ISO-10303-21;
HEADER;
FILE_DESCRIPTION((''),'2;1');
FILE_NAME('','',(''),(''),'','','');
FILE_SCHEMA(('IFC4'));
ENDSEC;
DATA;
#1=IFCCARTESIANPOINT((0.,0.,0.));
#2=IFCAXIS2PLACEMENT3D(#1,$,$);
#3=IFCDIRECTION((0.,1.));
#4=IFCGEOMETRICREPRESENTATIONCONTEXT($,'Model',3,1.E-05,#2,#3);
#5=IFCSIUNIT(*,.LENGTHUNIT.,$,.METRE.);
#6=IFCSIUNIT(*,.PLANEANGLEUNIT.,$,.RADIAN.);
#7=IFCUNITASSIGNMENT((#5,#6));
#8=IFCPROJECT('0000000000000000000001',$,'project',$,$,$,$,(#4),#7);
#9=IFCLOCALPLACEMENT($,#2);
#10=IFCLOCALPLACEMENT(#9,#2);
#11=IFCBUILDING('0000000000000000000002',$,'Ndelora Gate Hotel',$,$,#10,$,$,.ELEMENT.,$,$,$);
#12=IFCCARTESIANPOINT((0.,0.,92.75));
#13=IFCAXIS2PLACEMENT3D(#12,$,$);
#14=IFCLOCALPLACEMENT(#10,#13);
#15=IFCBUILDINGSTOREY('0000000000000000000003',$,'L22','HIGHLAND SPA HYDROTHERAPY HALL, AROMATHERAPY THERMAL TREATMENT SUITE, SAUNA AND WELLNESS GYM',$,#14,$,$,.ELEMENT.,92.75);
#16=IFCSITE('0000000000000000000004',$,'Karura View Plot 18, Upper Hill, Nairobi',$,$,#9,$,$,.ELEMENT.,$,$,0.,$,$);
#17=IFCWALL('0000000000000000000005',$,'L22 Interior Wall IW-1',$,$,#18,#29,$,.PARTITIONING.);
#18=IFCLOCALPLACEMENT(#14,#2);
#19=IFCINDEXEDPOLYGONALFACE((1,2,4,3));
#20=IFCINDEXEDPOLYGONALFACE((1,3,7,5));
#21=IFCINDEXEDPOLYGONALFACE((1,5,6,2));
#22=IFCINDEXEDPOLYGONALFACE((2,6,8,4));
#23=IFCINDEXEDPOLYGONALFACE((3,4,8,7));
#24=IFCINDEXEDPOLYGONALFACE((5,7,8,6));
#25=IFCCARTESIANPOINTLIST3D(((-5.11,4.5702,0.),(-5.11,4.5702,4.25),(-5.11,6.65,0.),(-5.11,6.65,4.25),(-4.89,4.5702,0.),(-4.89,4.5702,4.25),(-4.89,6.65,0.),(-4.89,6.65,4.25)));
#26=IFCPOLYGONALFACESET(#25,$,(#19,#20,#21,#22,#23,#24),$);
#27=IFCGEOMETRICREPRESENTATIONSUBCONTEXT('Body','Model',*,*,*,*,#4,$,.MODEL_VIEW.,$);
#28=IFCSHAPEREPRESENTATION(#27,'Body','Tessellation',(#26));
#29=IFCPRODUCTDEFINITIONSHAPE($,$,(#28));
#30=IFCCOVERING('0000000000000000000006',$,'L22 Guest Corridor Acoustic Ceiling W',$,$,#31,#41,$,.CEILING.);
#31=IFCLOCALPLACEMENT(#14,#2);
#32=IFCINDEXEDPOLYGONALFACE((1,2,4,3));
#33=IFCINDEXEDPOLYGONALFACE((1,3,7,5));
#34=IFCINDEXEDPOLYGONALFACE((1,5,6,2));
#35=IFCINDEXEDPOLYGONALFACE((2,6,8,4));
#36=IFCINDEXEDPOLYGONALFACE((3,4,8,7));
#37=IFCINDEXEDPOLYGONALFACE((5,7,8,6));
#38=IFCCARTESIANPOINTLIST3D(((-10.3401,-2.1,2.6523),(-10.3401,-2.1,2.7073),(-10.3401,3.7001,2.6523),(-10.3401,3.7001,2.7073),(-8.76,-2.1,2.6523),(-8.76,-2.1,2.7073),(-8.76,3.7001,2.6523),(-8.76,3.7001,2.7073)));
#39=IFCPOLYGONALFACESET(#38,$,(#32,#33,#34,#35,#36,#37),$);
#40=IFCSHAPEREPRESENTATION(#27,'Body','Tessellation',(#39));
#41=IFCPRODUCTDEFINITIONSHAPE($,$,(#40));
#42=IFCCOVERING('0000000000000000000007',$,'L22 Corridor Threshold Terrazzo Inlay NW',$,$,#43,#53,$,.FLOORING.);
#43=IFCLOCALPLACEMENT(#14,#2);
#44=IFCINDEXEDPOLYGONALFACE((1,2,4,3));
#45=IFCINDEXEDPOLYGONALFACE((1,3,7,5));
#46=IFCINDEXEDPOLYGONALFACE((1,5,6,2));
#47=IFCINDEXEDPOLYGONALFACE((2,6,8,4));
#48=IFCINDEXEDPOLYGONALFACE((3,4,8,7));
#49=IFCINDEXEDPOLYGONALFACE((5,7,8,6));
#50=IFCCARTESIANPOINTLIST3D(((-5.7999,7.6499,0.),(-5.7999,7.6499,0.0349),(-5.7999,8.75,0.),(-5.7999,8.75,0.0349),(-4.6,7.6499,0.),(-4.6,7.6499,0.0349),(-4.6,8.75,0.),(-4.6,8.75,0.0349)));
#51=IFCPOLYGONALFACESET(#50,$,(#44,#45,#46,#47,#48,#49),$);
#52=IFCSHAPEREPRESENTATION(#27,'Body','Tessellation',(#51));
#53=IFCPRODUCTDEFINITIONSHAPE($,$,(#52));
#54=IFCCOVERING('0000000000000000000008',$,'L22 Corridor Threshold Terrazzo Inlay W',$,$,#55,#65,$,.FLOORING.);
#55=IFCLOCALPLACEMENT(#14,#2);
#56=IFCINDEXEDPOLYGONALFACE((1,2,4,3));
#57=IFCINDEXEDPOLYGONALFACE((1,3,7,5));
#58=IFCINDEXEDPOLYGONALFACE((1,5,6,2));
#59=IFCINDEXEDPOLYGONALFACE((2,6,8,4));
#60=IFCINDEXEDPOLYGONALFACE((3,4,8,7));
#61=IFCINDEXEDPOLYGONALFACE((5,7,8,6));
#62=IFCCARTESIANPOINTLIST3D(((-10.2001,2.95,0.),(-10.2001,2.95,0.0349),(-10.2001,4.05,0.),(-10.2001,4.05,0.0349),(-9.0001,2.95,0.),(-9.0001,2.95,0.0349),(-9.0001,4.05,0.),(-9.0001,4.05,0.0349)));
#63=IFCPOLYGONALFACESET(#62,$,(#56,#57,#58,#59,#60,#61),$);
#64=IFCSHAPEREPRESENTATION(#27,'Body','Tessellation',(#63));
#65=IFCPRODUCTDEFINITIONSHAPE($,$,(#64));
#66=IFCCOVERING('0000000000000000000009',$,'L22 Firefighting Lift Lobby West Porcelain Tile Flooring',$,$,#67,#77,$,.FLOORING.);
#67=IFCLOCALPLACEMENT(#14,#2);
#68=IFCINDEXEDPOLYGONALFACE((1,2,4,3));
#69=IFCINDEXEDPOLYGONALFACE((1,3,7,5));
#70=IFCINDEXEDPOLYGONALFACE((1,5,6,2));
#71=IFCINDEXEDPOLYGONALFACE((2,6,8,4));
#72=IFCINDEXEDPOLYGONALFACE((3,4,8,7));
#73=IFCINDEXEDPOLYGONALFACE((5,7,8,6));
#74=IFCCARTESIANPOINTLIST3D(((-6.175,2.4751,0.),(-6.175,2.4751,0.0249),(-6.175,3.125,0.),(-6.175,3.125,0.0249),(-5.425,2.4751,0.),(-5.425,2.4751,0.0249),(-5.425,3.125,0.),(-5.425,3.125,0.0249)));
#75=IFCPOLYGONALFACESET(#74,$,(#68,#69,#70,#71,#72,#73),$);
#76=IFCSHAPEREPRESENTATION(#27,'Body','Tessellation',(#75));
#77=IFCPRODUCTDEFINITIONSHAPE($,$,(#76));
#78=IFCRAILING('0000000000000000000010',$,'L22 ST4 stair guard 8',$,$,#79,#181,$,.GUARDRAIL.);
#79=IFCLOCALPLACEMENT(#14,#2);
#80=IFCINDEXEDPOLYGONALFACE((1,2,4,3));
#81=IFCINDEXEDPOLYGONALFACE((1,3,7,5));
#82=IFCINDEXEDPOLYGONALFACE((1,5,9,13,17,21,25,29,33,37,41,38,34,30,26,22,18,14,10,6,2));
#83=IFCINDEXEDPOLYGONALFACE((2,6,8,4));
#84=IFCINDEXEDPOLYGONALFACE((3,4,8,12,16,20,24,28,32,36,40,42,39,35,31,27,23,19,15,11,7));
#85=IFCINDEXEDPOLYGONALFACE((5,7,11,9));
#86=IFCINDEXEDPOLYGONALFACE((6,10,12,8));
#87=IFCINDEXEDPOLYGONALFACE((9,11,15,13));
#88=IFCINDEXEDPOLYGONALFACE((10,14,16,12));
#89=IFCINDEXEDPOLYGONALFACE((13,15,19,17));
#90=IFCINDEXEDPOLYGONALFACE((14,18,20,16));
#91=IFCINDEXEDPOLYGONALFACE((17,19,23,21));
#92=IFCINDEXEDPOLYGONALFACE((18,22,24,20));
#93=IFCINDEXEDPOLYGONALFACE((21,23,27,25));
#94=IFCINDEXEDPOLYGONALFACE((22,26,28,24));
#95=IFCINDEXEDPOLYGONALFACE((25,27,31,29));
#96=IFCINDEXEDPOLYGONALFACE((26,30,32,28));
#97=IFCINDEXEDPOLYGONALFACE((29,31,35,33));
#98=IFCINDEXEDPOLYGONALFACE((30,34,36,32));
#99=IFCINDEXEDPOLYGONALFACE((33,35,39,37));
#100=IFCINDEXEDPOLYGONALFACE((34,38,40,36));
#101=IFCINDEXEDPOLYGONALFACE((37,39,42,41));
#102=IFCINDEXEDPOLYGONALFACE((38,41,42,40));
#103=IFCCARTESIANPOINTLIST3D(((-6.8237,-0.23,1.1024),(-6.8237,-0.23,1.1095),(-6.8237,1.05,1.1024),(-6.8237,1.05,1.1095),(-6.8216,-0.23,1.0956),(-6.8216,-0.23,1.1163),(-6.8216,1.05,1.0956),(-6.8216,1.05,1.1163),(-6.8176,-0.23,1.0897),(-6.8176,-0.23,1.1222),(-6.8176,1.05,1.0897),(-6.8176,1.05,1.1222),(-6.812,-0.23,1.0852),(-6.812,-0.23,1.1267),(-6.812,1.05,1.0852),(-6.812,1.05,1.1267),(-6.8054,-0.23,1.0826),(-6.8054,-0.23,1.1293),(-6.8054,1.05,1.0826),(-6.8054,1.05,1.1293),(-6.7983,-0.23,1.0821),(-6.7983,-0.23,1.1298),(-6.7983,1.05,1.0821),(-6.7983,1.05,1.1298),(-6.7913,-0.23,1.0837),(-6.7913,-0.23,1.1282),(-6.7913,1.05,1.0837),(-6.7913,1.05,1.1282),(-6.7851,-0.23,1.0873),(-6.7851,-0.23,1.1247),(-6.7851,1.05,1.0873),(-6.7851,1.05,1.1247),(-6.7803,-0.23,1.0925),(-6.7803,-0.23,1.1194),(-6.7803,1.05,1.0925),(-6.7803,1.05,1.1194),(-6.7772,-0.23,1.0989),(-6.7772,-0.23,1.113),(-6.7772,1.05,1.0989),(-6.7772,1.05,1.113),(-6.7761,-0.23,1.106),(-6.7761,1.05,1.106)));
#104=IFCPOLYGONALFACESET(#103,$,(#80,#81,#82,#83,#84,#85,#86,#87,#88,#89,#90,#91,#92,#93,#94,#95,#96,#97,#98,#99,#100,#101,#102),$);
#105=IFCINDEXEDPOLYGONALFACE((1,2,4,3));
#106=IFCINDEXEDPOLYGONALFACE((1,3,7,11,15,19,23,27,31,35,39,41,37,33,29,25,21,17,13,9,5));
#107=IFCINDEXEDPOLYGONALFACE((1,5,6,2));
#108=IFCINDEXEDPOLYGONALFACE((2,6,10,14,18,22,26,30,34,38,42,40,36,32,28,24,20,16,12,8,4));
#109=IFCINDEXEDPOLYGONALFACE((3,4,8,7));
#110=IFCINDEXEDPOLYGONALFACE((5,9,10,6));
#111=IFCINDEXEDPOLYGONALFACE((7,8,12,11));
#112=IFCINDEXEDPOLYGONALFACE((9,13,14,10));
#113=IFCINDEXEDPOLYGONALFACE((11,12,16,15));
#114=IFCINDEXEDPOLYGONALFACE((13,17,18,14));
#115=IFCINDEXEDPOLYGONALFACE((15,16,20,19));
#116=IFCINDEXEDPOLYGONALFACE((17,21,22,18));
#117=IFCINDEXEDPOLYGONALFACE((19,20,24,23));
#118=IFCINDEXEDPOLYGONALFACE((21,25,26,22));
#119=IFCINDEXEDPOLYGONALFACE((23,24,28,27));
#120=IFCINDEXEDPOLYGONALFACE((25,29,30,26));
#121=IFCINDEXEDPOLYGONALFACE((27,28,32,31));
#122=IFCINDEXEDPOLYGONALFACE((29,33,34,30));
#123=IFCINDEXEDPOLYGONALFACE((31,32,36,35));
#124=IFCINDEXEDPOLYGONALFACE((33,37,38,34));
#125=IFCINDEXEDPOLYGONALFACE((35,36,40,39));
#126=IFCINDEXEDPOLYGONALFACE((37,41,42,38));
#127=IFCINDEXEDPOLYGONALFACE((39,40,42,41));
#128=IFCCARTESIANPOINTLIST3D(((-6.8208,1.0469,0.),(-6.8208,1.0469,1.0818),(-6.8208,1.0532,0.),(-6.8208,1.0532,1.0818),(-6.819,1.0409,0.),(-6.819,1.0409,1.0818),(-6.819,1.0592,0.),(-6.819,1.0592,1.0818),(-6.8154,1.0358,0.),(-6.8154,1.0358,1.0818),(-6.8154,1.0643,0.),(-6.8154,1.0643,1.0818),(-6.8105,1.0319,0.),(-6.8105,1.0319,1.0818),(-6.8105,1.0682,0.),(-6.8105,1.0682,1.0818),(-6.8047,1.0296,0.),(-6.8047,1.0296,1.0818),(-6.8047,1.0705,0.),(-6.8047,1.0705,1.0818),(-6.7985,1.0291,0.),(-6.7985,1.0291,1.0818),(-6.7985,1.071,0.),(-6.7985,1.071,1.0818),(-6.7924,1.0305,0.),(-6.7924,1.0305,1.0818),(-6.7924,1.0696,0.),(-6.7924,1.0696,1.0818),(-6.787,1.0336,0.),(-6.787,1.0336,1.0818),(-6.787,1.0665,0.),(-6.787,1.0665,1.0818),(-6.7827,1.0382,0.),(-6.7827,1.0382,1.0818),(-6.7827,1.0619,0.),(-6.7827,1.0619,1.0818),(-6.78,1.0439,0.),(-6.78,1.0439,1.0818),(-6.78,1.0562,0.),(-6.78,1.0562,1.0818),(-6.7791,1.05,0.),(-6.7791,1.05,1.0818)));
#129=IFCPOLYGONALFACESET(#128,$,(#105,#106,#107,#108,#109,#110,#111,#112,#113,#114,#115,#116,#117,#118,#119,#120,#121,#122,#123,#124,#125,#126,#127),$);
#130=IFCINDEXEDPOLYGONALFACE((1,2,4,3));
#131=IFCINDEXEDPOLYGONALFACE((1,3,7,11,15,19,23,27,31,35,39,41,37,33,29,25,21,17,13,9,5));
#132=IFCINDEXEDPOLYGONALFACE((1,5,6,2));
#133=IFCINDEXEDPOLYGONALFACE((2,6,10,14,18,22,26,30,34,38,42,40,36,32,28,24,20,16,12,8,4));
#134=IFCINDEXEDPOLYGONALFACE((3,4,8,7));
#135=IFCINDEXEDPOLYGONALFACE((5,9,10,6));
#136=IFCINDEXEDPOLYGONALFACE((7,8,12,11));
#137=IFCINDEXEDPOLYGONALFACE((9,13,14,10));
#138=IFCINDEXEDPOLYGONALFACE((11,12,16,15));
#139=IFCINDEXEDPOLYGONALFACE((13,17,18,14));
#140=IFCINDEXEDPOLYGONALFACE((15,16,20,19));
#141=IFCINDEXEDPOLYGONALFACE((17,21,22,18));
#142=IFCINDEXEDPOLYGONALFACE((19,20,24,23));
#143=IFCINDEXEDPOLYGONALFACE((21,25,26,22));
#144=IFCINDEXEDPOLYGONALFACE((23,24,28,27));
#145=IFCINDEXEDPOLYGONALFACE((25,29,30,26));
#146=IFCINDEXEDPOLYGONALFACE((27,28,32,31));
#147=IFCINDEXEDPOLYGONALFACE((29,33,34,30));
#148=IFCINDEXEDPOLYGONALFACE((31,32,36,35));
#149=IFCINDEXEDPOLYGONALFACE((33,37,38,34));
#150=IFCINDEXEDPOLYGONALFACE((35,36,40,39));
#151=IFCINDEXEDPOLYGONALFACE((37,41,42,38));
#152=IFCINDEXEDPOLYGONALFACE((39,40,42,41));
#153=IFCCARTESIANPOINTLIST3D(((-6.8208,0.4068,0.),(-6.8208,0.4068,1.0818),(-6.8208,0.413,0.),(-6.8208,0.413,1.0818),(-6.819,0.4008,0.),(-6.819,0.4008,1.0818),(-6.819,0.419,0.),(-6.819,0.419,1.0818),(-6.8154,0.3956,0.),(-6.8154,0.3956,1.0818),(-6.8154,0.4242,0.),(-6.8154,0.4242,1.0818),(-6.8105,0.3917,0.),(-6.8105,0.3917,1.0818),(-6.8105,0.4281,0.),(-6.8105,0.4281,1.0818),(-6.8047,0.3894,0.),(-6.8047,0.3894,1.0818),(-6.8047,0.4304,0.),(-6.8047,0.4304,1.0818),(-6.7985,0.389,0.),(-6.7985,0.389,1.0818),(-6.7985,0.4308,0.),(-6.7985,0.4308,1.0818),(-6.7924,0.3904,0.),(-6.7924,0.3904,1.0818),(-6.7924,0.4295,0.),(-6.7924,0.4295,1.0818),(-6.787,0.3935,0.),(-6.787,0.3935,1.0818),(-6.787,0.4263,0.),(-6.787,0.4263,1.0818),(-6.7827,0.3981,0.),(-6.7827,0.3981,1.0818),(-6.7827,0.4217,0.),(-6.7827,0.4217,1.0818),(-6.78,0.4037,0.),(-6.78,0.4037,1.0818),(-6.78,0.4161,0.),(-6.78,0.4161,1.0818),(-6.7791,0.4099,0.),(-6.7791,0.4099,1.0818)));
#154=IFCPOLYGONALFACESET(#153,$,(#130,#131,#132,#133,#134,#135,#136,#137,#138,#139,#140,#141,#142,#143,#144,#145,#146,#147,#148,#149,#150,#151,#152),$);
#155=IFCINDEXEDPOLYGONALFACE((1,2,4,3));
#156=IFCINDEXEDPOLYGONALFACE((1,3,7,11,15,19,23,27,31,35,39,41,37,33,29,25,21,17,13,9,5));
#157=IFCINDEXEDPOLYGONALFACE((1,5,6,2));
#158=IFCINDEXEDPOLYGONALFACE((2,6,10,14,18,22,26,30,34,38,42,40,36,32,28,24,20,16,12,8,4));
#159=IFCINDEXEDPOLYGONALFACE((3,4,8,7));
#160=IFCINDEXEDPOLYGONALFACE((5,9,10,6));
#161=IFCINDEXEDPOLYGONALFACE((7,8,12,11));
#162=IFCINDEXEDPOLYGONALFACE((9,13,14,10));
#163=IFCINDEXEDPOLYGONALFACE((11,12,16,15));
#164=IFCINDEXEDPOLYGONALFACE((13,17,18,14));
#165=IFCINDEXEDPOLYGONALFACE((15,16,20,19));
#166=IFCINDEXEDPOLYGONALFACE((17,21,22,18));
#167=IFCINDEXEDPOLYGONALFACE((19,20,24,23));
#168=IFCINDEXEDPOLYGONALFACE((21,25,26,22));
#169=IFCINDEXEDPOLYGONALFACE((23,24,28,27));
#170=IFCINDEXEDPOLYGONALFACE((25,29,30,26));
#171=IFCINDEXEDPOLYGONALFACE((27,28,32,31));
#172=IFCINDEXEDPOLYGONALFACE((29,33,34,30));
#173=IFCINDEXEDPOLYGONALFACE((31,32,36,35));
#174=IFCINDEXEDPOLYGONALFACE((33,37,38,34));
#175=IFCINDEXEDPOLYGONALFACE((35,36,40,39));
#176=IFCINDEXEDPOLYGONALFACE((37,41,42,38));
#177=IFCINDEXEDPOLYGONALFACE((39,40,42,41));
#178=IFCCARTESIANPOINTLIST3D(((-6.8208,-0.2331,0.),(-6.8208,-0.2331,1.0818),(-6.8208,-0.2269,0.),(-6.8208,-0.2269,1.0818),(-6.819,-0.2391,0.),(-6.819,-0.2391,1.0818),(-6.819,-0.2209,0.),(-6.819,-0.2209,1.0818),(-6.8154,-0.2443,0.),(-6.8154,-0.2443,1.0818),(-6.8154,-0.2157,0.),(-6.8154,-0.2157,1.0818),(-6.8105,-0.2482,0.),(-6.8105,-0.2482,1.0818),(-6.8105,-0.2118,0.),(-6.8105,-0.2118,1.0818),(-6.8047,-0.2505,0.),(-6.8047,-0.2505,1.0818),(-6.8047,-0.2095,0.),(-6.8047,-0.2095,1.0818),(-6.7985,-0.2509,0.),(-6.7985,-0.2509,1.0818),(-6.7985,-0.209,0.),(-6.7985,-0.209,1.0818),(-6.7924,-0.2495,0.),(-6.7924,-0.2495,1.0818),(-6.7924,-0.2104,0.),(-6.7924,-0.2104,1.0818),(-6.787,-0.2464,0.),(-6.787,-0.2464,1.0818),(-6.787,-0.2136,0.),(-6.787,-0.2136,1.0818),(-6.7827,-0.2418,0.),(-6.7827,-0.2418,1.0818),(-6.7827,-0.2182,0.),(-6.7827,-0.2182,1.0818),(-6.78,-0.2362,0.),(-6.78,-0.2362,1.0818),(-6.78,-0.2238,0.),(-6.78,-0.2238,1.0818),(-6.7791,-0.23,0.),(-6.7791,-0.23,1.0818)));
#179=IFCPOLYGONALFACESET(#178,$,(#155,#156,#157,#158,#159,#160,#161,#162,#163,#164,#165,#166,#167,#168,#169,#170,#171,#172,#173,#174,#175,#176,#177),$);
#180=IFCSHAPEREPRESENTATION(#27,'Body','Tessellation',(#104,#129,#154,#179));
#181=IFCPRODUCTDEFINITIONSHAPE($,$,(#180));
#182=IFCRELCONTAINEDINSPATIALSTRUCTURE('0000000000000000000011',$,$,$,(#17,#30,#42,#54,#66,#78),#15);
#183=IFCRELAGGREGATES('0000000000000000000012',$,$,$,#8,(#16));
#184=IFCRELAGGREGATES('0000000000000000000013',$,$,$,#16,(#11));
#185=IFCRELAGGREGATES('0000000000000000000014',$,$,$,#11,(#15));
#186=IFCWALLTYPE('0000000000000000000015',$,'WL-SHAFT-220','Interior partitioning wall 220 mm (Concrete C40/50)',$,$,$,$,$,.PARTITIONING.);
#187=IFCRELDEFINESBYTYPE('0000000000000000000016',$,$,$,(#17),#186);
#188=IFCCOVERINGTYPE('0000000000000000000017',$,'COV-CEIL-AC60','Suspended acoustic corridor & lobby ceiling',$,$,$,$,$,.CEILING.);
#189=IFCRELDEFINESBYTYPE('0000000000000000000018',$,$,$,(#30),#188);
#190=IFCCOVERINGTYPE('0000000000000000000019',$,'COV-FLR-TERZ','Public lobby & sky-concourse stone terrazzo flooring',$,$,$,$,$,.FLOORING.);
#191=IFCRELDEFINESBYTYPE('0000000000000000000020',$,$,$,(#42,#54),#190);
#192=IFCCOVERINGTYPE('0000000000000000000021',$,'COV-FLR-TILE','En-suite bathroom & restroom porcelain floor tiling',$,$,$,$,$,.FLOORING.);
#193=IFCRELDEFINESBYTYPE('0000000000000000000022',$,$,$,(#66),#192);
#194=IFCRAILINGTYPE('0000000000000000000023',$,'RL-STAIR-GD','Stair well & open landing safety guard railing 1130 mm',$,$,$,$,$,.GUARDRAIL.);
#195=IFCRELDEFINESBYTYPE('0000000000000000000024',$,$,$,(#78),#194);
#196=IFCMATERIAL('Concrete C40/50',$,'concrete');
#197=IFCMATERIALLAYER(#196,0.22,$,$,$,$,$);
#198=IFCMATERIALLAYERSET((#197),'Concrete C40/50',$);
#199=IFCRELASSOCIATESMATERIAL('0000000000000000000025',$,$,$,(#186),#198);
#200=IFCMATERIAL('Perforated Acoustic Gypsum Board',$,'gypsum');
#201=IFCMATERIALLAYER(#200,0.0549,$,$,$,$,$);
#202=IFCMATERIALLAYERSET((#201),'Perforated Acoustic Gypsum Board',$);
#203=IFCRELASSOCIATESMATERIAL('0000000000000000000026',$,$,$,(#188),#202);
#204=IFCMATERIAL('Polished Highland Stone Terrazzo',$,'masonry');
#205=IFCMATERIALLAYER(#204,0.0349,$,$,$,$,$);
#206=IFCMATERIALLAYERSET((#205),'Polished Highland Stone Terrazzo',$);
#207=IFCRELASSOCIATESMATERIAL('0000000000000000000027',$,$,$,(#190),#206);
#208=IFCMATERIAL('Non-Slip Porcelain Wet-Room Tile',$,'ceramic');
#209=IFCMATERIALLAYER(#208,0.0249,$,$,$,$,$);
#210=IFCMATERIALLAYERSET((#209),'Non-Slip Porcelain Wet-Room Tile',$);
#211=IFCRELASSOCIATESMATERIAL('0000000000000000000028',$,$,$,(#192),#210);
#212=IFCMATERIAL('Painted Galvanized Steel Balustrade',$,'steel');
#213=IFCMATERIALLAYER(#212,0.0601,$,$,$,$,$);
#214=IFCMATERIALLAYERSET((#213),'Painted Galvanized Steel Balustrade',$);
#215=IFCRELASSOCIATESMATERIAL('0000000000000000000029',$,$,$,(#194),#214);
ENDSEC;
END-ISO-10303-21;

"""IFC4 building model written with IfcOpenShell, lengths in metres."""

from ifc_helpers import new_model, si_unit, direction, frame, frame_2d, origin, origin_2d, place, context, subcontext, project, spatial, rectangle, circle, extrude, material, layer, layer_set, type_object, element, save


model = new_model("IFC4")

# Units and contexts
model_context = context("Model", 3, precision=1e-05, world=origin(), true_north=direction((0.0, 1.0)))
body_context = subcontext(model_context, "Body", "Model", "MODEL_VIEW")
ifc_project = project(units=[si_unit("LENGTHUNIT", "METRE"), si_unit("PLANEANGLEUNIT", "RADIAN")], contexts=[model_context])

# Site, building, storey
site_placement = place(None, origin())
site = spatial("IfcSite", under=ifc_project, at=site_placement, Name="Karura View Plot 18, Upper Hill, Nairobi", CompositionType="ELEMENT", RefElevation=0.0)
building_placement = place(site_placement, origin())
building = spatial("IfcBuilding", under=site, at=building_placement, Name="Ndelora Gate Hotel", CompositionType="ELEMENT")
storey_placement = place(building_placement, frame((0.0, 0.0, 92.75)))
storey = spatial("IfcBuildingStorey", under=building, at=storey_placement, Name="L22", Description="HIGHLAND SPA HYDROTHERAPY HALL, AROMATHERAPY THERMAL TREATMENT SUITE, SAUNA AND WELLNESS GYM", CompositionType="ELEMENT", Elevation=92.75)

# Shared definitions
ifc_material_1 = material(Name="Concrete C40/50", Category="concrete")

# Shared definitions
ifc_layer_1 = layer(ifc_material_1, 0.22)
ifc_layer_set_1 = layer_set([ifc_layer_1], Name="Concrete C40/50")
wall_type_1 = type_object("IfcWallType", Name="WL-SHAFT-220", Description="Interior partitioning wall 220 mm (Concrete C40/50)", PredefinedType="PARTITIONING", material=ifc_layer_set_1)

# Wall
wall_1_placement = place(storey_placement, frame((-5.0, 4.5701, 0.0), z_axis=(0.0, 0.0, 1.0), x_axis=(0.0, 1.0, 0.0)))
element("IfcWall", 1, at=wall_1_placement, inside=storey, type_object=wall_type_1, Name="L22 Interior Wall IW-1", PredefinedType="PARTITIONING", context=body_context, shape_type="SweptSolid", body=[
    extrude(rectangle(XDim=2.0798, YDim=0.22, at=frame_2d((1.04, 0.0))), origin(), (0.0, 0.0, 1.0), 4.25),
])

# Coverings
ifc_material_2 = material(Name="Perforated Acoustic Gypsum Board", Category="gypsum")
ifc_layer_2 = layer(ifc_material_2, 0.0549)
ifc_layer_set_2 = layer_set([ifc_layer_2], Name="Perforated Acoustic Gypsum Board")
covering_type_1 = type_object("IfcCoveringType", Name="COV-CEIL-AC60", Description="Suspended acoustic corridor & lobby ceiling", PredefinedType="CEILING", material=ifc_layer_set_2)
covering_1_placement = place(storey_placement, frame((-9.55, 0.8, 2.6523), z_axis=(0.0, 0.0, 1.0), x_axis=(1.0, 0.0, 0.0)))
element("IfcCovering", 2, at=covering_1_placement, inside=storey, type_object=covering_type_1, Name="L22 Guest Corridor Acoustic Ceiling W", PredefinedType="CEILING", context=body_context, shape_type="SweptSolid", body=[
    extrude(rectangle(XDim=1.5801, YDim=5.8, at=origin_2d()), origin(), (0.0, 0.0, 1.0), 0.0549),
])
ifc_material_3 = material(Name="Polished Highland Stone Terrazzo", Category="masonry")
ifc_layer_3 = layer(ifc_material_3, 0.0349)
ifc_layer_set_3 = layer_set([ifc_layer_3], Name="Polished Highland Stone Terrazzo")
covering_type_2 = type_object("IfcCoveringType", Name="COV-FLR-TERZ", Description="Public lobby & sky-concourse stone terrazzo flooring", PredefinedType="FLOORING", material=ifc_layer_set_3)
for number, where, z_axis, x_axis, name in (
    (3, (-5.2, 8.2, 0.0), (0.0, 0.0, 1.0), (1.0, 0.0, 0.0), "L22 Corridor Threshold Terrazzo Inlay NW"),
    (4, (-9.6001, 3.5, 0.0), (0.0, 0.0, 1.0), (1.0, 0.0, 0.0), "L22 Corridor Threshold Terrazzo Inlay W"),
):
    element("IfcCovering", number, at=place(storey_placement, frame(where, z_axis=z_axis, x_axis=x_axis)), inside=storey, type_object=covering_type_2, Name=name, PredefinedType="FLOORING", context=body_context, shape_type="SweptSolid", body=[
        extrude(rectangle(XDim=1.2, YDim=1.1001, at=origin_2d()), origin(), (0.0, 0.0, 1.0), 0.0349),
    ])
ifc_material_4 = material(Name="Non-Slip Porcelain Wet-Room Tile", Category="ceramic")
ifc_layer_4 = layer(ifc_material_4, 0.0249)
ifc_layer_set_4 = layer_set([ifc_layer_4], Name="Non-Slip Porcelain Wet-Room Tile")
covering_type_3 = type_object("IfcCoveringType", Name="COV-FLR-TILE", Description="En-suite bathroom & restroom porcelain floor tiling", PredefinedType="FLOORING", material=ifc_layer_set_4)
covering_2_placement = place(storey_placement, frame((-5.8, 2.8, 0.0), z_axis=(0.0, 0.0, 1.0), x_axis=(1.0, 0.0, 0.0)))
element("IfcCovering", 5, at=covering_2_placement, inside=storey, type_object=covering_type_3, Name="L22 Firefighting Lift Lobby West Porcelain Tile Flooring", PredefinedType="FLOORING", context=body_context, shape_type="SweptSolid", body=[
    extrude(rectangle(XDim=0.75, YDim=0.6499, at=origin_2d()), origin(), (0.0, 0.0, 1.0), 0.0249),
])

# Railing
ifc_material_5 = material(Name="Painted Galvanized Steel Balustrade", Category="steel")
ifc_layer_5 = layer(ifc_material_5, 0.0601)
ifc_layer_set_5 = layer_set([ifc_layer_5], Name="Painted Galvanized Steel Balustrade")
railing_type = type_object("IfcRailingType", Name="RL-STAIR-GD", Description="Stair well & open landing safety guard railing 1130 mm", PredefinedType="GUARDRAIL", material=ifc_layer_set_5)
for number, where, name in (
    (6, (-6.8, 1.05, 0.0), "L22 ST4 stair guard 8"),
):
    element("IfcRailing", number, at=place(storey_placement, frame(where)), inside=storey, type_object=railing_type, Name=name, PredefinedType="GUARDRAIL", context=body_context, shape_type="SweptSolid", body=[
        extrude(circle(Radius=0.0239, at=origin_2d()), frame((0.0, 0.0, 1.106), z_axis=(0.0, -1.0, 0.0), x_axis=(1.0, 0.0, 0.0)), (0.0, 0.0, 1.0), 1.28),
        extrude(circle(Radius=0.021, at=origin_2d()), origin(), (0.0, 0.0, 1.0), 1.0818),
        extrude(circle(Radius=0.021, at=origin_2d()), frame((0.0, -0.6401, 0.0)), (0.0, 0.0, 1.0), 1.0818),
        extrude(circle(Radius=0.021, at=origin_2d()), frame((0.0, -1.28, 0.0)), (0.0, 0.0, 1.0), 1.0818),
    ])

save(model, "model.ifc")
